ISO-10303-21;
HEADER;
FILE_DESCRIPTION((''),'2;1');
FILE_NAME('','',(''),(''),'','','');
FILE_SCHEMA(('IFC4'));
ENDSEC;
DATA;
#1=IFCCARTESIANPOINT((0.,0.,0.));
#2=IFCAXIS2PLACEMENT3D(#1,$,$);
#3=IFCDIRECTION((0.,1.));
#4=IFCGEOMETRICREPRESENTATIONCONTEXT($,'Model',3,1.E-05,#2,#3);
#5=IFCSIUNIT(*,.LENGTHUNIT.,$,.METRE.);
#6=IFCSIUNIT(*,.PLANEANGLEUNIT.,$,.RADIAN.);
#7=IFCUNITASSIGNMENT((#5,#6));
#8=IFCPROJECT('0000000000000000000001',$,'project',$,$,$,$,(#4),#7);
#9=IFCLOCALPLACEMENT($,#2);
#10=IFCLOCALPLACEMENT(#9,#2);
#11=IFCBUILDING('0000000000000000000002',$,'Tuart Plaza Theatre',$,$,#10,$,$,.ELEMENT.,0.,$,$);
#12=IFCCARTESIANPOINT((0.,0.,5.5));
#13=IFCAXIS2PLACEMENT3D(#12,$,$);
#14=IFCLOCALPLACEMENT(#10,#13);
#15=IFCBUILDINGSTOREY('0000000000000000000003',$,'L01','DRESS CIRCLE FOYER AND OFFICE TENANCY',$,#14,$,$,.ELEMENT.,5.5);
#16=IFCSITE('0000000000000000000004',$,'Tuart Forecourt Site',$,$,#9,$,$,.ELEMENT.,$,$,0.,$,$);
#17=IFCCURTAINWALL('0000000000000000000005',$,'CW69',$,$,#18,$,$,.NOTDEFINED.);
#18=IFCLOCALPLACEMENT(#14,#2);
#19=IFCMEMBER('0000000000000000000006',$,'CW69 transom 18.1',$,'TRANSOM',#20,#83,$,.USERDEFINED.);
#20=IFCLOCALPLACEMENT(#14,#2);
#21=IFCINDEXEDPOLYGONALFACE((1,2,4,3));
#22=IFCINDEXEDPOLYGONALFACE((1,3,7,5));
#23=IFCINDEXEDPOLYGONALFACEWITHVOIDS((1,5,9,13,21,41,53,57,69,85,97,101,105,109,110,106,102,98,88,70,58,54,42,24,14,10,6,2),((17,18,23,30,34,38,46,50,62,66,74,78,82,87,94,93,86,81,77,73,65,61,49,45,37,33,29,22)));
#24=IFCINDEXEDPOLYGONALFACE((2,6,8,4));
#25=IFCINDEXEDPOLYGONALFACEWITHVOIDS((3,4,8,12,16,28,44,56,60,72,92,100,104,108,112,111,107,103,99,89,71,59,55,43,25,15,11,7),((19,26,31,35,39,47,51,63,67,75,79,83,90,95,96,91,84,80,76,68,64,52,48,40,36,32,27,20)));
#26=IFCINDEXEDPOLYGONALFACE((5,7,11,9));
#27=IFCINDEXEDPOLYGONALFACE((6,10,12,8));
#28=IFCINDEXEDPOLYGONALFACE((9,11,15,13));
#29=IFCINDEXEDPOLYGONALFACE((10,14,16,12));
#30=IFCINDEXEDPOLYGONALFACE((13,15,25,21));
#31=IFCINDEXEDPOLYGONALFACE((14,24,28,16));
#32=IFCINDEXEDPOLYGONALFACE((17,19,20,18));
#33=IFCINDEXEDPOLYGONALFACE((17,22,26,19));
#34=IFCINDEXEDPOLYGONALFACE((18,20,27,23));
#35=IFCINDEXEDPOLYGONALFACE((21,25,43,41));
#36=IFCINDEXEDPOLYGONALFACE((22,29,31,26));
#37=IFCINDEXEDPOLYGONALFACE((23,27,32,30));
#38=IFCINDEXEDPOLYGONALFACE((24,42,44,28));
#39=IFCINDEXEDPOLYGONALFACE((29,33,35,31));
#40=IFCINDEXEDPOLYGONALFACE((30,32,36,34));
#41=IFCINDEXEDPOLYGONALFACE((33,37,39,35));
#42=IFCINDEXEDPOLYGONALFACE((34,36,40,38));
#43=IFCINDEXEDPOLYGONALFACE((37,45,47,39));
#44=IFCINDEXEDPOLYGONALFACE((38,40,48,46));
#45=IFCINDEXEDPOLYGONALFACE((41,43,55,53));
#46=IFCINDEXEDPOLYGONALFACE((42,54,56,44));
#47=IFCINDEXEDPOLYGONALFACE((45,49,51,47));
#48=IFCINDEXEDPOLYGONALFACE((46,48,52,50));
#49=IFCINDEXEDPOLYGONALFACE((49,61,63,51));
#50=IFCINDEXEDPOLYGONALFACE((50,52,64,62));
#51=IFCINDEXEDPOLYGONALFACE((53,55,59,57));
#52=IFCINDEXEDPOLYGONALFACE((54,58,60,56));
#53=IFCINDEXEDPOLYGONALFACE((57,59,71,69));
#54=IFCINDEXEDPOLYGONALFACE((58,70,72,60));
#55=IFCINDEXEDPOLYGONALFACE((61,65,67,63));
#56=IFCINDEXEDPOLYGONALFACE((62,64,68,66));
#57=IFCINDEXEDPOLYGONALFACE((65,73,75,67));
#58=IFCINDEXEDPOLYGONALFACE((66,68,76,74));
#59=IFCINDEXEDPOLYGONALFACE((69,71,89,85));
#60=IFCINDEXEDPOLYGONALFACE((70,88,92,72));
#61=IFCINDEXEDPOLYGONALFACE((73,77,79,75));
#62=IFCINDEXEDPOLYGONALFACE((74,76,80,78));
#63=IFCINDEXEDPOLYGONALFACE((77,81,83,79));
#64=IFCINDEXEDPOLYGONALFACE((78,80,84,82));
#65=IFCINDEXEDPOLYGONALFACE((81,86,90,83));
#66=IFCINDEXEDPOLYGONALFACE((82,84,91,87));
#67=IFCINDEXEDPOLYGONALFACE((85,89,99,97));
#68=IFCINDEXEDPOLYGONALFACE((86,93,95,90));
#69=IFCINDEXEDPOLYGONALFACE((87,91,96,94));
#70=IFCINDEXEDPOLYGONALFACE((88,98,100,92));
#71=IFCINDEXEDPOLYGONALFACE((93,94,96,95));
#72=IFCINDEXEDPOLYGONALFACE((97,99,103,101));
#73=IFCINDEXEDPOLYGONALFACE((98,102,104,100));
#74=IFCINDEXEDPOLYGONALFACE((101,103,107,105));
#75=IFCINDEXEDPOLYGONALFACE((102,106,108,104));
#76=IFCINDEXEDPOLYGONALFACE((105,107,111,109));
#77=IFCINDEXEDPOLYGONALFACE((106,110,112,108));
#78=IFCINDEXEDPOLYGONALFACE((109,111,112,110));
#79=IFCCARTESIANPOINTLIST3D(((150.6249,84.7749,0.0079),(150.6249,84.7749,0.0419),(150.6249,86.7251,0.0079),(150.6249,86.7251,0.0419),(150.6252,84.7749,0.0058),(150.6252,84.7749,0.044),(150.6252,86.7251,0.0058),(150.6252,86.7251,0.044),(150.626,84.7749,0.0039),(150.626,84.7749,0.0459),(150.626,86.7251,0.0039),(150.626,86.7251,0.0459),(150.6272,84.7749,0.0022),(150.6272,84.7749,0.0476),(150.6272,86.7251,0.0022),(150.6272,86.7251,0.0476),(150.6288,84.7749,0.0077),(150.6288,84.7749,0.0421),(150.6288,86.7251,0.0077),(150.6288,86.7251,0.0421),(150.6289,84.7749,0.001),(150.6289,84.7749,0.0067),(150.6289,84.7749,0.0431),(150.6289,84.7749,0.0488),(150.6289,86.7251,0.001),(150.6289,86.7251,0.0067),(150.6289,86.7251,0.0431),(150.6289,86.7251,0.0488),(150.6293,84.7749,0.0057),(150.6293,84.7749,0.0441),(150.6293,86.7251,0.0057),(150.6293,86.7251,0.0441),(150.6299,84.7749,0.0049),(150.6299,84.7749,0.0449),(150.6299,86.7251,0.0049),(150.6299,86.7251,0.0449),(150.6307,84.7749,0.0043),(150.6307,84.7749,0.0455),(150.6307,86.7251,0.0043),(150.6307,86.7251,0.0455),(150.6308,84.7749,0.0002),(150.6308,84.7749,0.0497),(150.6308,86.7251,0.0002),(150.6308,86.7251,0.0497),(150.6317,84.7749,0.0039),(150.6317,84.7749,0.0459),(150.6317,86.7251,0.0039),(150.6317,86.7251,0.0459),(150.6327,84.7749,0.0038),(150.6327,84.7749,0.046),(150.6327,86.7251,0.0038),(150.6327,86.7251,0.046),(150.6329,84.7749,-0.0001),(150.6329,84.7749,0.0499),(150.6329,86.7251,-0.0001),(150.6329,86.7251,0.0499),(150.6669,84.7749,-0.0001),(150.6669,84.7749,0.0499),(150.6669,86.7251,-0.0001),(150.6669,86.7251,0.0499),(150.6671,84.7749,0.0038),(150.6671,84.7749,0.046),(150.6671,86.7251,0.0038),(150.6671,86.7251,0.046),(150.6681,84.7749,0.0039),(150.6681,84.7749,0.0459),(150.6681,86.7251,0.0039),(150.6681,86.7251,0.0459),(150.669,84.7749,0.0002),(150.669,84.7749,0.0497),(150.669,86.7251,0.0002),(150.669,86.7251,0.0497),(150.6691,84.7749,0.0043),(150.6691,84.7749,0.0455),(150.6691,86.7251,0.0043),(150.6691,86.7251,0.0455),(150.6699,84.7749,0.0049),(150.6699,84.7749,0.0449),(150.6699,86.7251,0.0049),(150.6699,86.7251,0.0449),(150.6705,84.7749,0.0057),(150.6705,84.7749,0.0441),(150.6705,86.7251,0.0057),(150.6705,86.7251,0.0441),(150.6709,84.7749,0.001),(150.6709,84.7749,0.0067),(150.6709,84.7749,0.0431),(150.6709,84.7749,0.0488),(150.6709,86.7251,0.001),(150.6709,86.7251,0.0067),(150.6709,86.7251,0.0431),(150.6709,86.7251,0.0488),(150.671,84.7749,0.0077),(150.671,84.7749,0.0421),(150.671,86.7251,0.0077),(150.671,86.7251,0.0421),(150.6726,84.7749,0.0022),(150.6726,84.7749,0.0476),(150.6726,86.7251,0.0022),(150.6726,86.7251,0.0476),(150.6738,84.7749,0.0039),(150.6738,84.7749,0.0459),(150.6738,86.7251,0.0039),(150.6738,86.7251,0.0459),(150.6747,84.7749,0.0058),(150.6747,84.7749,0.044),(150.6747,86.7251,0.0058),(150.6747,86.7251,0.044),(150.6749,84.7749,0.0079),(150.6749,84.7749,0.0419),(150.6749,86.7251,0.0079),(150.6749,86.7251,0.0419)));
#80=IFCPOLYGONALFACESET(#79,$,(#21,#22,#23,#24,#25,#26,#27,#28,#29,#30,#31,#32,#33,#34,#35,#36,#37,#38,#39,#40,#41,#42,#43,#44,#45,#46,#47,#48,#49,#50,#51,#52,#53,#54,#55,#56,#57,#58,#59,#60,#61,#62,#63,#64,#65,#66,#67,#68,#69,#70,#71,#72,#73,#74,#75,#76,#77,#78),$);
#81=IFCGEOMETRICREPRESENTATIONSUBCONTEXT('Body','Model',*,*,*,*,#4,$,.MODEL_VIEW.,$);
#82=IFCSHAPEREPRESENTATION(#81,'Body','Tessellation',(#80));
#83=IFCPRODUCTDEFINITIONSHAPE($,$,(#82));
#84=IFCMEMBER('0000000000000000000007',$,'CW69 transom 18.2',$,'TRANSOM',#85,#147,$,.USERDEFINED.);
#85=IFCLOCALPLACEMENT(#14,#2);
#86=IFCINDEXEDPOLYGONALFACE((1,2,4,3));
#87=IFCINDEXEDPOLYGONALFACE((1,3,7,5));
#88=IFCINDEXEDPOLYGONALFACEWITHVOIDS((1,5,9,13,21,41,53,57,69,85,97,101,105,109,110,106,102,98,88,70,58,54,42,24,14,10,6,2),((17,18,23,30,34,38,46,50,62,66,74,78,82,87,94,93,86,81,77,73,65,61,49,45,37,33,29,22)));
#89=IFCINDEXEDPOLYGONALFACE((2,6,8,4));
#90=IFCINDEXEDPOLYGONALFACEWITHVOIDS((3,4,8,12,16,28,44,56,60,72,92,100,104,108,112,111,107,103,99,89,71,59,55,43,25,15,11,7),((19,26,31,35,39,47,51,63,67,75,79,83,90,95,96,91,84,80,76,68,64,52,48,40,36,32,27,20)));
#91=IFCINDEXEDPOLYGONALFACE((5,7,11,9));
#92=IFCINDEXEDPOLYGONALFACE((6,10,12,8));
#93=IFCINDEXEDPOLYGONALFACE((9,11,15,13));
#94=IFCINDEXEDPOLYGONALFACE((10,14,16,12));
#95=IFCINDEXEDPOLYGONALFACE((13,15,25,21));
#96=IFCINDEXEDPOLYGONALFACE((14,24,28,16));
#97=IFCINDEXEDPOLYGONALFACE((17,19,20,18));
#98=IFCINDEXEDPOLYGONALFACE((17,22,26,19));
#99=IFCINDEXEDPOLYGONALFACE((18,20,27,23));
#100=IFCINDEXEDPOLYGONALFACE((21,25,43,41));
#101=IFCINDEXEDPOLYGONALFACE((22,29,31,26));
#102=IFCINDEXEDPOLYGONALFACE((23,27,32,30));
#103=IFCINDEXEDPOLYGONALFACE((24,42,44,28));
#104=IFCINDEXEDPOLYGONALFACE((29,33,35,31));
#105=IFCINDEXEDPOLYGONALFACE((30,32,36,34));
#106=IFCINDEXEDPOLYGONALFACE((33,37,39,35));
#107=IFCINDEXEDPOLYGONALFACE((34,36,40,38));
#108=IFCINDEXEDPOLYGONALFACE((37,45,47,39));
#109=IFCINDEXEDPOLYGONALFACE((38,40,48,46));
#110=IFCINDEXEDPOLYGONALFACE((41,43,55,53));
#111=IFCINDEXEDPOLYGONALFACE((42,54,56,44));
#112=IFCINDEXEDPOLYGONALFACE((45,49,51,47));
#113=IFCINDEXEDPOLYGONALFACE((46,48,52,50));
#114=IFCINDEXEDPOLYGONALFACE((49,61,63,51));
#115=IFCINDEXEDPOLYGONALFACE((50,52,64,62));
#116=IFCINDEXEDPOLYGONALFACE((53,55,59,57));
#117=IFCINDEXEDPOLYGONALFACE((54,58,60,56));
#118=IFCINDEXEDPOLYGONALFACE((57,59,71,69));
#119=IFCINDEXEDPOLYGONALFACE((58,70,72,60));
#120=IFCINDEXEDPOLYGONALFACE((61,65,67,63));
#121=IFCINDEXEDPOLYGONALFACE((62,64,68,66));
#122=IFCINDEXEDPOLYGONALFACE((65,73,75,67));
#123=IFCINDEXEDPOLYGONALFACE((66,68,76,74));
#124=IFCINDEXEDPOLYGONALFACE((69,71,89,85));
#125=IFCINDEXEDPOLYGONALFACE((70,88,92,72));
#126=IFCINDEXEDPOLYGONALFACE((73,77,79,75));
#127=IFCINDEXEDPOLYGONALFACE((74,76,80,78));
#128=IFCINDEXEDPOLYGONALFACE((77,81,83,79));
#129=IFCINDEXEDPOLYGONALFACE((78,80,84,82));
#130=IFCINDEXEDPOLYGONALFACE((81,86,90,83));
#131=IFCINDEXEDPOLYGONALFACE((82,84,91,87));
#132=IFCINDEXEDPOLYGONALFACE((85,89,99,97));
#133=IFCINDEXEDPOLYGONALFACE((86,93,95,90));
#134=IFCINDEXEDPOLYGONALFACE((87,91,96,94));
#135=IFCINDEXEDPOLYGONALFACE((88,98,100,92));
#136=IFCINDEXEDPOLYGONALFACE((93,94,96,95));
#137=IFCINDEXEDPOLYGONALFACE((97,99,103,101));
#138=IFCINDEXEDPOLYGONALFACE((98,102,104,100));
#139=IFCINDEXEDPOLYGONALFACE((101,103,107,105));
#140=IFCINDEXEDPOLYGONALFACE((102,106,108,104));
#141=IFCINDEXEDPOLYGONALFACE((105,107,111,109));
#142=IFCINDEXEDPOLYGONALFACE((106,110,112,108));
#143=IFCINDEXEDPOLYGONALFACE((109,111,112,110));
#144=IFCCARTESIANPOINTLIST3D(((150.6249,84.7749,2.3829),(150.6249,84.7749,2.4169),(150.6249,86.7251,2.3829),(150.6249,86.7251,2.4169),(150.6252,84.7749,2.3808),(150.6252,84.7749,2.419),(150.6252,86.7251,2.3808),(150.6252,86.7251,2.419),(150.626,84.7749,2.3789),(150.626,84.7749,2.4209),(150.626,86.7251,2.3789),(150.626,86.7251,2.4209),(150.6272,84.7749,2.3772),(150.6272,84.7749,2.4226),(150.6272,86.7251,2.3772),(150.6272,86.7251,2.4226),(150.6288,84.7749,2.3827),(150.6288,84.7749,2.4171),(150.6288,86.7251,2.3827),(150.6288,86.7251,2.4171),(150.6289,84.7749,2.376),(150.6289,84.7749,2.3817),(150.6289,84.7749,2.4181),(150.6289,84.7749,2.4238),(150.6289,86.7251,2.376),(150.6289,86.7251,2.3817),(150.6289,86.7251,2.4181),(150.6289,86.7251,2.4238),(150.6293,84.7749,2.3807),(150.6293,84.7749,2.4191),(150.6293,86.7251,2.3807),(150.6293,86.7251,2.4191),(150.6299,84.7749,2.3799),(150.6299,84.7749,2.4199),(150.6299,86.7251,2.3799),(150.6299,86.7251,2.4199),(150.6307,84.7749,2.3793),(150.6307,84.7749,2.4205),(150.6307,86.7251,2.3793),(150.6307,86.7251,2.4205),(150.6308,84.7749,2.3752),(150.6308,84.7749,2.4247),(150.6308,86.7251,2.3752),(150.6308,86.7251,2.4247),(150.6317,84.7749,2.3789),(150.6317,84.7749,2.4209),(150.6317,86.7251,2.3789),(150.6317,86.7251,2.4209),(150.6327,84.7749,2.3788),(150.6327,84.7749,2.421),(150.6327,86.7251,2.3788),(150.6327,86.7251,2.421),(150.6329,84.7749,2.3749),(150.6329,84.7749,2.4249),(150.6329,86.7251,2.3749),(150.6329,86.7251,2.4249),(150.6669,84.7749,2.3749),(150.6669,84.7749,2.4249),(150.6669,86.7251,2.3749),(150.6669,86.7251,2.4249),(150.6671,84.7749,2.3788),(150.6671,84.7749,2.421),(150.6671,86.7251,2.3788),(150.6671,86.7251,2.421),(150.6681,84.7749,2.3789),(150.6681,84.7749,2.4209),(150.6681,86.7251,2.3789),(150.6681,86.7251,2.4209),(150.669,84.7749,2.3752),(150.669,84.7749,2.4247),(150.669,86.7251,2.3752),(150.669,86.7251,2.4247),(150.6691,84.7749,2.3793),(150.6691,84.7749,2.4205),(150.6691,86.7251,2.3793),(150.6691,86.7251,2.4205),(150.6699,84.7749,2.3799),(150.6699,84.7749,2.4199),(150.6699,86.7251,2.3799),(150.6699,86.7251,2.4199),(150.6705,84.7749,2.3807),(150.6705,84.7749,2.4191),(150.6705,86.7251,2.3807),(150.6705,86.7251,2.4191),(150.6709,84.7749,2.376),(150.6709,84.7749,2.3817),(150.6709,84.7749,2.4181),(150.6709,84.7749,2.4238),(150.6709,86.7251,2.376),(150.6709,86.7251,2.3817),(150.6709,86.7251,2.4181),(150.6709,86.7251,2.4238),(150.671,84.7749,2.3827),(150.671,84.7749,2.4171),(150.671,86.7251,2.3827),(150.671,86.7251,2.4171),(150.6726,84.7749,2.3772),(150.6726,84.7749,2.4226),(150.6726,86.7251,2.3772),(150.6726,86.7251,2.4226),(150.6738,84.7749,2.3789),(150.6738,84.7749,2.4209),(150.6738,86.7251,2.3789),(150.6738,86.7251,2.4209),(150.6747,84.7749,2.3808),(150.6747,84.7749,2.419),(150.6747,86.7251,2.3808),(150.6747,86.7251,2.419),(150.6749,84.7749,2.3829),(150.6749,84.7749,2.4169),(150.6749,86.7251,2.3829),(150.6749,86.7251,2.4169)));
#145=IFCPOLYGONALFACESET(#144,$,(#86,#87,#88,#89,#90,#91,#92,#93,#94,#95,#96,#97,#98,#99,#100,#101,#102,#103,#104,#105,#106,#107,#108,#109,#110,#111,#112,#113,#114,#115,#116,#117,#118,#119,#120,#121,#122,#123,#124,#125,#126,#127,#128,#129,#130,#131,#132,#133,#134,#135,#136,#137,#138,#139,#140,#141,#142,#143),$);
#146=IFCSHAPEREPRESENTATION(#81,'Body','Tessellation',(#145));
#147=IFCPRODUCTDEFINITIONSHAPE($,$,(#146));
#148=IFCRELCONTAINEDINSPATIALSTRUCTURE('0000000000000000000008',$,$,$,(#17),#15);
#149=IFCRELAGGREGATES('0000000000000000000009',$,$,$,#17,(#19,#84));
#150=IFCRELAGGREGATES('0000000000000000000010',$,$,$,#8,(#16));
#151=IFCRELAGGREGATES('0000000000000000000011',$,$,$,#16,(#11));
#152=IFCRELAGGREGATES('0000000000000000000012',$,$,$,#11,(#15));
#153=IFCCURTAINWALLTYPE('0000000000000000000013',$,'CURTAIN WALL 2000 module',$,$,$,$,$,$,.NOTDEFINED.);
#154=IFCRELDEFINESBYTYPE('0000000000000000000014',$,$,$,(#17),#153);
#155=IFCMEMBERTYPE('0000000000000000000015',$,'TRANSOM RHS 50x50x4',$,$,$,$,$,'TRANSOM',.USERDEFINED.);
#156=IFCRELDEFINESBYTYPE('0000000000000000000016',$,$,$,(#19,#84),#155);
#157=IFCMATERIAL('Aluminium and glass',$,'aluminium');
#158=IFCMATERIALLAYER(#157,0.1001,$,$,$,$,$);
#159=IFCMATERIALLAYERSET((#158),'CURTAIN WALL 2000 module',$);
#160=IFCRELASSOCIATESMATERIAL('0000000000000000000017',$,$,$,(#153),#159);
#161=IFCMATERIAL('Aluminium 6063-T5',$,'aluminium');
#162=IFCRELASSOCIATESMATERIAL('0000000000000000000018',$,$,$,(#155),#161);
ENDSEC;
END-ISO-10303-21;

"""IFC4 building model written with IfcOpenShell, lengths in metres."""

from ifc_helpers import new_model, si_unit, direction, frame, origin, origin_2d, place, context, subcontext, project, spatial, hollow_rectangle, extrude, material, layer, layer_set, material_profile, profile_set, type_object, element, aggregate, save


model = new_model("IFC4")

# Units and contexts
model_context = context("Model", 3, precision=1e-05, world=origin(), true_north=direction((0.0, 1.0)))
body_context = subcontext(model_context, "Body", "Model", "MODEL_VIEW")
ifc_project = project(units=[si_unit("LENGTHUNIT", "METRE"), si_unit("PLANEANGLEUNIT", "RADIAN")], contexts=[model_context])

# Site, building, storey
site_placement = place(None, origin())
site = spatial("IfcSite", under=ifc_project, at=site_placement, Name="Tuart Forecourt Site", CompositionType="ELEMENT", RefElevation=0.0)
building_placement = place(site_placement, origin())
building = spatial("IfcBuilding", under=site, at=building_placement, Name="Tuart Plaza Theatre", CompositionType="ELEMENT", ElevationOfRefHeight=0.0)
storey_placement = place(building_placement, frame((0.0, 0.0, 5.5)))
storey = spatial("IfcBuildingStorey", under=building, at=storey_placement, Name="L01", Description="DRESS CIRCLE FOYER AND OFFICE TENANCY", CompositionType="ELEMENT", Elevation=5.5)

# Curtain wall, members
ifc_material_1 = material(Name="Aluminium and glass", Category="aluminium")
ifc_layer_1 = layer(ifc_material_1, 0.1001)
ifc_layer_set_1 = layer_set([ifc_layer_1], Name="CURTAIN WALL 2000 module")
curtain_wall_type = type_object("IfcCurtainWallType", Name="CURTAIN WALL 2000 module", PredefinedType="NOTDEFINED", material=ifc_layer_set_1)
curtain_wall_placement = place(storey_placement, origin())
curtain_wall = element("IfcCurtainWall", 1, at=curtain_wall_placement, inside=storey, type_object=curtain_wall_type, Name="CW69", PredefinedType="NOTDEFINED")
ifc_material_2 = material(Name="Aluminium 6063-T5", Category="aluminium")
ifc_material_profile_1 = material_profile(ifc_material_2, hollow_rectangle(XDim=0.05, YDim=0.05, WallThickness=0.0039, InnerFilletRadius=0.0039, OuterFilletRadius=0.0081, at=origin_2d()), Name="RHS 50x50x4")
ifc_profile_set_1 = profile_set([ifc_material_profile_1], Name="Aluminium 6063-T5")
member_type_1 = type_object("IfcMemberType", Name="TRANSOM RHS 50x50x4", ElementType="TRANSOM", PredefinedType="USERDEFINED", material=ifc_profile_set_1)
member_1_placement = place(storey_placement, frame((150.6499, 84.7749, 0.0249), z_axis=(0.0, 1.0, 0.0), x_axis=(-1.0, 0.0, 0.0)))
member_1 = element("IfcMember", 2, at=member_1_placement, type_object=member_type_1, Name="CW69 transom 18.1", ObjectType="TRANSOM", PredefinedType="USERDEFINED", context=body_context, shape_type="SweptSolid", body=[
    extrude(hollow_rectangle(XDim=0.05, YDim=0.05, WallThickness=0.0039, InnerFilletRadius=0.0039, OuterFilletRadius=0.0081, at=origin_2d()), origin(), (0.0, 0.0, 1.0), 1.9502),
])
member_2_placement = place(storey_placement, frame((150.6499, 84.7749, 2.3999), z_axis=(0.0, 1.0, 0.0), x_axis=(-1.0, 0.0, 0.0)))
member_2 = element("IfcMember", 3, at=member_2_placement, type_object=member_type_1, Name="CW69 transom 18.2", ObjectType="TRANSOM", PredefinedType="USERDEFINED", context=body_context, shape_type="SweptSolid", body=[
    extrude(hollow_rectangle(XDim=0.05, YDim=0.05, WallThickness=0.0039, InnerFilletRadius=0.0039, OuterFilletRadius=0.0081, at=origin_2d()), origin(), (0.0, 0.0, 1.0), 1.9502),
])
aggregate(curtain_wall, [member_1, member_2])

save(model, "model.ifc")
